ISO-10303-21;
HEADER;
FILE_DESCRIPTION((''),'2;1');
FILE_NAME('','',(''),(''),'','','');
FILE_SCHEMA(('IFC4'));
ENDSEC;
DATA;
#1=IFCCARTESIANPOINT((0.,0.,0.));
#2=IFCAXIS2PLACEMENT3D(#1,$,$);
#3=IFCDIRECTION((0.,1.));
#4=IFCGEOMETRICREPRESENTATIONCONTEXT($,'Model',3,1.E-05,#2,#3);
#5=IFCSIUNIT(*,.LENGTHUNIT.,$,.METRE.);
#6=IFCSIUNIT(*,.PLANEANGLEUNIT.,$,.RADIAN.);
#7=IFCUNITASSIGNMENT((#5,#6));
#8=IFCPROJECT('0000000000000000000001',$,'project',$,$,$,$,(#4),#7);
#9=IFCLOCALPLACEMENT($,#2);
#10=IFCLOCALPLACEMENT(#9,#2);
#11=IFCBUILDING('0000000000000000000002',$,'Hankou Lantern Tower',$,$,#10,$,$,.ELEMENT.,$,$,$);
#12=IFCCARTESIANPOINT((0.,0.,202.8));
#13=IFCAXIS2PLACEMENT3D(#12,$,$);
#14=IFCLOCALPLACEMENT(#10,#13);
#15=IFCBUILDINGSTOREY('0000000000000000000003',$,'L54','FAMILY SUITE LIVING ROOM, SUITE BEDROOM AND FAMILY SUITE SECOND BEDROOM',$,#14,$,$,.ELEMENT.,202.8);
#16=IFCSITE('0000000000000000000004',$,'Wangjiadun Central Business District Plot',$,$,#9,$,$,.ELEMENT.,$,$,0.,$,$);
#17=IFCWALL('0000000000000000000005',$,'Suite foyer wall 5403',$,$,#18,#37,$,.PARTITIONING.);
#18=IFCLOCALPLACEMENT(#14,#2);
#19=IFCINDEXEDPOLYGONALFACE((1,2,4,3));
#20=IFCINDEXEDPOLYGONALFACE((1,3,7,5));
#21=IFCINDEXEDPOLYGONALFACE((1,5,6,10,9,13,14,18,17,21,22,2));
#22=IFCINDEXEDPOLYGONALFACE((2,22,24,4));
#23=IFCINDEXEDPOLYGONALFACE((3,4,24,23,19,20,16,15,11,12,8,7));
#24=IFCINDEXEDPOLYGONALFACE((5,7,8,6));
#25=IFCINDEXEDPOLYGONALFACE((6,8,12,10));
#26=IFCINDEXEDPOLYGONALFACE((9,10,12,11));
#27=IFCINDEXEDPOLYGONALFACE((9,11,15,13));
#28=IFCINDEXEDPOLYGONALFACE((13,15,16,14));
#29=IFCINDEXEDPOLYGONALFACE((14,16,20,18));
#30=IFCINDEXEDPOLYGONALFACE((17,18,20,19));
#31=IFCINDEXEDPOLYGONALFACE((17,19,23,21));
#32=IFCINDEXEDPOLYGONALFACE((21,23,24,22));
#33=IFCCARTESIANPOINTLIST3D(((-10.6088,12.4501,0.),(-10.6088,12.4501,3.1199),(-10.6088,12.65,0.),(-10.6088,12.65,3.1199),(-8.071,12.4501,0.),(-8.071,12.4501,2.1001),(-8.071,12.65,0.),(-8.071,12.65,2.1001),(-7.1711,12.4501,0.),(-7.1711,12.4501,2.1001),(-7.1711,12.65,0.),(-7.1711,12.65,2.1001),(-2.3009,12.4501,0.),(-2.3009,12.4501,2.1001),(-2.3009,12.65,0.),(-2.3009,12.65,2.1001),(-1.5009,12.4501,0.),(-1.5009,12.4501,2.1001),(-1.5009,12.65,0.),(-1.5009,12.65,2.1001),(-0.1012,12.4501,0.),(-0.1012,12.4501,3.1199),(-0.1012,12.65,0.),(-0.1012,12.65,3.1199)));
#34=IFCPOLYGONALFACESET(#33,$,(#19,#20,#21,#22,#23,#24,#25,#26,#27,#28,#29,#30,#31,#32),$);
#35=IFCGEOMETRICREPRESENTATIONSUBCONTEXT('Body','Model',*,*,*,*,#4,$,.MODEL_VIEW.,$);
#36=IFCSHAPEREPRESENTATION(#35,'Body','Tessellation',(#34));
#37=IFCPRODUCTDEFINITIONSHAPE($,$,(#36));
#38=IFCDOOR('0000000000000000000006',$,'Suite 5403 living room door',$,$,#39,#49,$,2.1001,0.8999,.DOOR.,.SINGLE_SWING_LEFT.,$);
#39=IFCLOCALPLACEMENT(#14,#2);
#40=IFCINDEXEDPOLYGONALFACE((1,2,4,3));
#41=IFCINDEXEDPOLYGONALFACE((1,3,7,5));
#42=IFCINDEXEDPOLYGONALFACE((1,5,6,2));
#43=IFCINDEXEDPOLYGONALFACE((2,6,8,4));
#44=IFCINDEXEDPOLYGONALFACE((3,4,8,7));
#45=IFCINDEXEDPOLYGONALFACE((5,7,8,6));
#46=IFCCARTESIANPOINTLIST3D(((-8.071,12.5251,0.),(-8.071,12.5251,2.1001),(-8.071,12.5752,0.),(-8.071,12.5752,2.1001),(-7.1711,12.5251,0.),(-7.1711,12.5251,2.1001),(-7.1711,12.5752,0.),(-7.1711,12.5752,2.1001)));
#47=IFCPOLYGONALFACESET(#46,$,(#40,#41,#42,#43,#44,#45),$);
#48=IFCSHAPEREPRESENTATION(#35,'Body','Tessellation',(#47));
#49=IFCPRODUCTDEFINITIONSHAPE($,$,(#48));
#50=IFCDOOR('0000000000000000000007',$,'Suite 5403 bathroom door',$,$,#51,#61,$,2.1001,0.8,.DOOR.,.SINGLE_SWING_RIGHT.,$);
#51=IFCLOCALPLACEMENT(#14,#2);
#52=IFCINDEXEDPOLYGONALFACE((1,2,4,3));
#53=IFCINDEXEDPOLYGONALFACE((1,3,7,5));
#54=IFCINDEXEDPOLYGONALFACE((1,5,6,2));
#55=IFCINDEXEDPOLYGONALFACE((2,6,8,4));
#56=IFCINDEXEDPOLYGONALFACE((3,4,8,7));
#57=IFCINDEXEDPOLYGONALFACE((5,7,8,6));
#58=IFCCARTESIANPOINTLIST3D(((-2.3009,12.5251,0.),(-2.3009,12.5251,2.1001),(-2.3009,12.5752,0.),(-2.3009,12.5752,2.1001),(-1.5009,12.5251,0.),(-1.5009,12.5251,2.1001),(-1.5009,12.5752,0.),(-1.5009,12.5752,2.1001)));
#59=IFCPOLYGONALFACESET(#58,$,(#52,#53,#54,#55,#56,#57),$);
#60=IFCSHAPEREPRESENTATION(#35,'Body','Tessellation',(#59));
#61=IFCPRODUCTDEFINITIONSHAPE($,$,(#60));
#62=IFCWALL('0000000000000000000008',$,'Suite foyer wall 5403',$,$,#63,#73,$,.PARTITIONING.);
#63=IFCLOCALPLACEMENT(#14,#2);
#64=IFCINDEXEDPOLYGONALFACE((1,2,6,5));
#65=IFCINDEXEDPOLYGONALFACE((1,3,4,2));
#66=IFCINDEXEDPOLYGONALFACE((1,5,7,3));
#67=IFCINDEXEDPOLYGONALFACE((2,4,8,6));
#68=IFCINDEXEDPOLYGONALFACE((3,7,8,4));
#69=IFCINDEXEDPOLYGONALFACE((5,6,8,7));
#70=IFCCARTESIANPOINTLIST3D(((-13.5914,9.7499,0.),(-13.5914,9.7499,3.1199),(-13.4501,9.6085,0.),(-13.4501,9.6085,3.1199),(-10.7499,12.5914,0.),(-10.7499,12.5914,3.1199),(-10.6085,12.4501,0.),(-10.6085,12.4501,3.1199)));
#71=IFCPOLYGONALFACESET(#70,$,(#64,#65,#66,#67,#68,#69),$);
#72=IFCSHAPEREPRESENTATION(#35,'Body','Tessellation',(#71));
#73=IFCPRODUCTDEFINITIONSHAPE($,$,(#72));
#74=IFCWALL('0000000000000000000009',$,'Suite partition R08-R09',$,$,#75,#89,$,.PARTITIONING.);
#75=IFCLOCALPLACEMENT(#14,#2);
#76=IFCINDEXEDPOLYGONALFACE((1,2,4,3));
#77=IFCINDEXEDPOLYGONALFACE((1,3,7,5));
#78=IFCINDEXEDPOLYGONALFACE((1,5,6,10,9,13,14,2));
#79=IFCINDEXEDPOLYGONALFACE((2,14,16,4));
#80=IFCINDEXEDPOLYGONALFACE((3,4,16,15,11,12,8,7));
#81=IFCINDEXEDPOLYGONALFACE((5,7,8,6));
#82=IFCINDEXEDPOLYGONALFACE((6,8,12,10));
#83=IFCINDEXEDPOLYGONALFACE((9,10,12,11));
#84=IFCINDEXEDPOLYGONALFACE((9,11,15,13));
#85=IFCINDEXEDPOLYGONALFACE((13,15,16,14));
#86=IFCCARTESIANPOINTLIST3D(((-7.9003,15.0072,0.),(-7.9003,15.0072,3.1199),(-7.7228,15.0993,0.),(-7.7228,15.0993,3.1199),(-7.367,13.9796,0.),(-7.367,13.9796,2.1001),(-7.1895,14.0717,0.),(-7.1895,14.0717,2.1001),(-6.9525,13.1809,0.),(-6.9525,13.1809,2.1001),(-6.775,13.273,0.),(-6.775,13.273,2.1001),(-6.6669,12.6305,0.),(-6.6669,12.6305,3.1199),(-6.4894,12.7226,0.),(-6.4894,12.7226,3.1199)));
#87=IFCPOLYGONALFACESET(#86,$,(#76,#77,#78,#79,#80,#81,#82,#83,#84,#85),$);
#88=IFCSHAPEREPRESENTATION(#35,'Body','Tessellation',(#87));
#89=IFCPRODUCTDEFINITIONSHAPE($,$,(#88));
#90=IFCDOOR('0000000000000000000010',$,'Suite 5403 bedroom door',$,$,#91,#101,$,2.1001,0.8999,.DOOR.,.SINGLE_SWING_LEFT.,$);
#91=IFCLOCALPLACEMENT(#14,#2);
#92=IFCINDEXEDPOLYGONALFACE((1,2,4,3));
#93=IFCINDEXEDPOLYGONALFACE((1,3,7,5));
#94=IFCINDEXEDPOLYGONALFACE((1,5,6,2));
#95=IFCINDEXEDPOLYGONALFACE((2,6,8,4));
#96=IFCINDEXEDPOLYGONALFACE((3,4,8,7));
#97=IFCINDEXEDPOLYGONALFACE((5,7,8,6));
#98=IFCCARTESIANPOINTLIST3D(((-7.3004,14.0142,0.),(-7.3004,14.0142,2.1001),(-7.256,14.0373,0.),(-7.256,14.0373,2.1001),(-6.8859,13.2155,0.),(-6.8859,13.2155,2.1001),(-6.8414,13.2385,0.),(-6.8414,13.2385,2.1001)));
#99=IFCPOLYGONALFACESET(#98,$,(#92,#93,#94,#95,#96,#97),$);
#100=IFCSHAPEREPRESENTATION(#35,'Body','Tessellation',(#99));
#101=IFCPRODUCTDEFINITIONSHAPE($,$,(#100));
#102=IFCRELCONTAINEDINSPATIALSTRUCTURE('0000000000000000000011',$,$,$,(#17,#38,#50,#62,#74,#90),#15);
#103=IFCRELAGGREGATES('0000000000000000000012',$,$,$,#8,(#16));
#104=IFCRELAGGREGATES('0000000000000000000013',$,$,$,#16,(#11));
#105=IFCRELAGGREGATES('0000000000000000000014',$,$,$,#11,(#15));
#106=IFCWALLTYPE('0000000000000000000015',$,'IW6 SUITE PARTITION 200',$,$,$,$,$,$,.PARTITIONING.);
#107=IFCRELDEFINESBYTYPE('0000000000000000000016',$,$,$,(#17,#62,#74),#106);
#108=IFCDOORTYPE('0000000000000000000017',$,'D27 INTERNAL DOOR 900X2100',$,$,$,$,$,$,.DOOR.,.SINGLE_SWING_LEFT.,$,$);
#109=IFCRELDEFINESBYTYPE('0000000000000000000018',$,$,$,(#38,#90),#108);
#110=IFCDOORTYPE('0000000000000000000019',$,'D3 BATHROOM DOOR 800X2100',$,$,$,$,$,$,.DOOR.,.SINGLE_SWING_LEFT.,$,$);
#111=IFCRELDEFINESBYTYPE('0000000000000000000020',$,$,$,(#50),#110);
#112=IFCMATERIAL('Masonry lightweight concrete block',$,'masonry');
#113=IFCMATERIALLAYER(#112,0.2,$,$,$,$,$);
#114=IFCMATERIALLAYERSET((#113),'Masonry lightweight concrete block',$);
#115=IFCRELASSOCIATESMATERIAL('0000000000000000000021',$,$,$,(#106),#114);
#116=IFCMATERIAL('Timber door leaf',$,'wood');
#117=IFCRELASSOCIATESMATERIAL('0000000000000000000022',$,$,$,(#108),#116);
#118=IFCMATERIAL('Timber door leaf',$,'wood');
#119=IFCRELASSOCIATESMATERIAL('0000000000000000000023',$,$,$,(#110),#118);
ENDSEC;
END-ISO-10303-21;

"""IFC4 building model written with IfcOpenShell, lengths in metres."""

from ifc_helpers import new_model, si_unit, direction, frame, frame_2d, origin, place, context, subcontext, project, spatial, rectangle, extrude, material, layer, layer_set, type_object, element, fill, save


model = new_model("IFC4")

# Units and contexts
model_context = context("Model", 3, precision=1e-05, world=origin(), true_north=direction((0.0, 1.0)))
body_context = subcontext(model_context, "Body", "Model", "MODEL_VIEW")
ifc_project = project(units=[si_unit("LENGTHUNIT", "METRE"), si_unit("PLANEANGLEUNIT", "RADIAN")], contexts=[model_context])

# Site, building, storey
site_placement = place(None, origin())
site = spatial("IfcSite", under=ifc_project, at=site_placement, Name="Wangjiadun Central Business District Plot", CompositionType="ELEMENT", RefElevation=0.0)
building_placement = place(site_placement, origin())
building = spatial("IfcBuilding", under=site, at=building_placement, Name="Hankou Lantern Tower", CompositionType="ELEMENT")
storey_placement = place(building_placement, frame((0.0, 0.0, 202.8)))
storey = spatial("IfcBuildingStorey", under=building, at=storey_placement, Name="L54", Description="FAMILY SUITE LIVING ROOM, SUITE BEDROOM AND FAMILY SUITE SECOND BEDROOM", CompositionType="ELEMENT", Elevation=202.8)

# Wall, openings, doors
ifc_material_1 = material(Name="Masonry lightweight concrete block", Category="masonry")
ifc_layer_1 = layer(ifc_material_1, 0.2)
ifc_layer_set_1 = layer_set([ifc_layer_1], Name="Masonry lightweight concrete block")
wall_type_1 = type_object("IfcWallType", Name="IW6 SUITE PARTITION 200", PredefinedType="PARTITIONING", material=ifc_layer_set_1)
wall_1_placement = place(storey_placement, frame((-0.1011, 12.55, 0.0), z_axis=(0.0, 0.0, 1.0), x_axis=(-1.0, 0.0, 0.0)))
wall_1 = element("IfcWall", 1, at=wall_1_placement, inside=storey, type_object=wall_type_1, Name="Suite foyer wall 5403", PredefinedType="PARTITIONING", context=body_context, shape_type="SweptSolid", body=[
    extrude(rectangle(XDim=10.5076, YDim=0.2, at=frame_2d((5.2539, 0.0))), origin(), (0.0, 0.0, 1.0), 3.1199),
])
opening_1_placement = place(wall_1_placement, frame((1.3999, 0.0, 0.0)))
opening_1 = element("IfcOpeningElement", 2, at=opening_1_placement, cuts=wall_1, PredefinedType="OPENING", context=body_context, shape_type="SweptSolid", body=[
    extrude(rectangle(XDim=0.8, YDim=2.1001, at=frame_2d((0.3999, 1.05))), frame((0.0, 0.1099, 0.0), z_axis=(0.0, -1.0, 0.0), x_axis=(1.0, 0.0, 0.0)), (0.0, 0.0, 1.0), 0.22),
])
opening_2_placement = place(wall_1_placement, frame((7.0701, 0.0, 0.0)))
opening_2 = element("IfcOpeningElement", 3, at=opening_2_placement, cuts=wall_1, PredefinedType="OPENING", context=body_context, shape_type="SweptSolid", body=[
    extrude(rectangle(XDim=0.8999, YDim=2.1001, at=frame_2d((0.45, 1.05))), frame((0.0, 0.1099, 0.0), z_axis=(0.0, -1.0, 0.0), x_axis=(1.0, 0.0, 0.0)), (0.0, 0.0, 1.0), 0.22),
])
ifc_material_2 = material(Name="Timber door leaf", Category="wood")
door_type_1 = type_object("IfcDoorType", Name="D27 INTERNAL DOOR 900X2100", OperationType="SINGLE_SWING_LEFT", PredefinedType="DOOR", material=ifc_material_2)
door_1_placement = place(opening_2_placement, origin())
door_1 = element("IfcDoor", 4, at=door_1_placement, inside=storey, type_object=door_type_1, Name="Suite 5403 living room door", OperationType="SINGLE_SWING_LEFT", OverallHeight=2.1001, OverallWidth=0.8999, PredefinedType="DOOR", context=body_context, shape_type="SweptSolid", body=[
    extrude(rectangle(XDim=0.8999, YDim=2.1001, at=frame_2d((0.45, 1.05))), frame((0.0, 0.0249, 0.0), z_axis=(0.0, -1.0, 0.0), x_axis=(1.0, 0.0, 0.0)), (0.0, 0.0, 1.0), 0.05),
])
fill(opening_2, door_1)
ifc_material_3 = material(Name="Timber door leaf", Category="wood")
door_type_2 = type_object("IfcDoorType", Name="D3 BATHROOM DOOR 800X2100", OperationType="SINGLE_SWING_LEFT", PredefinedType="DOOR", material=ifc_material_3)
door_2_placement = place(opening_1_placement, origin())
door_2 = element("IfcDoor", 5, at=door_2_placement, inside=storey, type_object=door_type_2, Name="Suite 5403 bathroom door", OperationType="SINGLE_SWING_RIGHT", OverallHeight=2.1001, OverallWidth=0.8, PredefinedType="DOOR", context=body_context, shape_type="SweptSolid", body=[
    extrude(rectangle(XDim=0.8, YDim=2.1001, at=frame_2d((0.3999, 1.05))), frame((0.0, 0.0249, 0.0), z_axis=(0.0, -1.0, 0.0), x_axis=(1.0, 0.0, 0.0)), (0.0, 0.0, 1.0), 0.05),
])
fill(opening_1, door_2)

# Wall
wall_2_placement = place(storey_placement, frame((-10.6792, 12.5208, 0.0), z_axis=(0.0, 0.0, 1.0), x_axis=(-0.707107, -0.707107, 0.0)))
element("IfcWall", 6, at=wall_2_placement, inside=storey, type_object=wall_type_1, Name="Suite foyer wall 5403", PredefinedType="PARTITIONING", context=body_context, shape_type="SweptSolid", body=[
    extrude(rectangle(XDim=4.0186, YDim=0.2, at=frame_2d((2.0093, 0.0))), origin(), (0.0, 0.0, 1.0), 3.1199),
])

# Wall, opening, door
wall_3_placement = place(storey_placement, frame((-6.5781, 12.6765, 0.0), z_axis=(0.0, 0.0, 1.0), x_axis=(-0.460621, 0.887597, 0.0)))
wall_3 = element("IfcWall", 7, at=wall_3_placement, inside=storey, type_object=wall_type_1, Name="Suite partition R08-R09", PredefinedType="PARTITIONING", context=body_context, shape_type="SweptSolid", body=[
    extrude(rectangle(XDim=2.6777, YDim=0.2, at=frame_2d((1.3389, 0.0))), origin(), (0.0, 0.0, 1.0), 3.1199),
])
opening_3_placement = place(wall_3_placement, frame((0.6201, 0.0, 0.0)))
opening_3 = element("IfcOpeningElement", 8, at=opening_3_placement, cuts=wall_3, PredefinedType="OPENING", context=body_context, shape_type="SweptSolid", body=[
    extrude(rectangle(XDim=0.8999, YDim=2.1001, at=frame_2d((0.45, 1.05))), frame((0.0, 0.1099, 0.0), z_axis=(0.0, -1.0, 0.0), x_axis=(1.0, 0.0, 0.0)), (0.0, 0.0, 1.0), 0.22),
])
door_3_placement = place(opening_3_placement, origin())
door_3 = element("IfcDoor", 9, at=door_3_placement, inside=storey, type_object=door_type_1, Name="Suite 5403 bedroom door", OperationType="SINGLE_SWING_LEFT", OverallHeight=2.1001, OverallWidth=0.8999, PredefinedType="DOOR", context=body_context, shape_type="SweptSolid", body=[
    extrude(rectangle(XDim=0.8999, YDim=2.1001, at=frame_2d((0.45, 1.05))), frame((0.0, 0.0249, 0.0), z_axis=(0.0, -1.0, 0.0), x_axis=(1.0, 0.0, 0.0)), (0.0, 0.0, 1.0), 0.05),
])
fill(opening_3, door_3)

save(model, "model.ifc")
